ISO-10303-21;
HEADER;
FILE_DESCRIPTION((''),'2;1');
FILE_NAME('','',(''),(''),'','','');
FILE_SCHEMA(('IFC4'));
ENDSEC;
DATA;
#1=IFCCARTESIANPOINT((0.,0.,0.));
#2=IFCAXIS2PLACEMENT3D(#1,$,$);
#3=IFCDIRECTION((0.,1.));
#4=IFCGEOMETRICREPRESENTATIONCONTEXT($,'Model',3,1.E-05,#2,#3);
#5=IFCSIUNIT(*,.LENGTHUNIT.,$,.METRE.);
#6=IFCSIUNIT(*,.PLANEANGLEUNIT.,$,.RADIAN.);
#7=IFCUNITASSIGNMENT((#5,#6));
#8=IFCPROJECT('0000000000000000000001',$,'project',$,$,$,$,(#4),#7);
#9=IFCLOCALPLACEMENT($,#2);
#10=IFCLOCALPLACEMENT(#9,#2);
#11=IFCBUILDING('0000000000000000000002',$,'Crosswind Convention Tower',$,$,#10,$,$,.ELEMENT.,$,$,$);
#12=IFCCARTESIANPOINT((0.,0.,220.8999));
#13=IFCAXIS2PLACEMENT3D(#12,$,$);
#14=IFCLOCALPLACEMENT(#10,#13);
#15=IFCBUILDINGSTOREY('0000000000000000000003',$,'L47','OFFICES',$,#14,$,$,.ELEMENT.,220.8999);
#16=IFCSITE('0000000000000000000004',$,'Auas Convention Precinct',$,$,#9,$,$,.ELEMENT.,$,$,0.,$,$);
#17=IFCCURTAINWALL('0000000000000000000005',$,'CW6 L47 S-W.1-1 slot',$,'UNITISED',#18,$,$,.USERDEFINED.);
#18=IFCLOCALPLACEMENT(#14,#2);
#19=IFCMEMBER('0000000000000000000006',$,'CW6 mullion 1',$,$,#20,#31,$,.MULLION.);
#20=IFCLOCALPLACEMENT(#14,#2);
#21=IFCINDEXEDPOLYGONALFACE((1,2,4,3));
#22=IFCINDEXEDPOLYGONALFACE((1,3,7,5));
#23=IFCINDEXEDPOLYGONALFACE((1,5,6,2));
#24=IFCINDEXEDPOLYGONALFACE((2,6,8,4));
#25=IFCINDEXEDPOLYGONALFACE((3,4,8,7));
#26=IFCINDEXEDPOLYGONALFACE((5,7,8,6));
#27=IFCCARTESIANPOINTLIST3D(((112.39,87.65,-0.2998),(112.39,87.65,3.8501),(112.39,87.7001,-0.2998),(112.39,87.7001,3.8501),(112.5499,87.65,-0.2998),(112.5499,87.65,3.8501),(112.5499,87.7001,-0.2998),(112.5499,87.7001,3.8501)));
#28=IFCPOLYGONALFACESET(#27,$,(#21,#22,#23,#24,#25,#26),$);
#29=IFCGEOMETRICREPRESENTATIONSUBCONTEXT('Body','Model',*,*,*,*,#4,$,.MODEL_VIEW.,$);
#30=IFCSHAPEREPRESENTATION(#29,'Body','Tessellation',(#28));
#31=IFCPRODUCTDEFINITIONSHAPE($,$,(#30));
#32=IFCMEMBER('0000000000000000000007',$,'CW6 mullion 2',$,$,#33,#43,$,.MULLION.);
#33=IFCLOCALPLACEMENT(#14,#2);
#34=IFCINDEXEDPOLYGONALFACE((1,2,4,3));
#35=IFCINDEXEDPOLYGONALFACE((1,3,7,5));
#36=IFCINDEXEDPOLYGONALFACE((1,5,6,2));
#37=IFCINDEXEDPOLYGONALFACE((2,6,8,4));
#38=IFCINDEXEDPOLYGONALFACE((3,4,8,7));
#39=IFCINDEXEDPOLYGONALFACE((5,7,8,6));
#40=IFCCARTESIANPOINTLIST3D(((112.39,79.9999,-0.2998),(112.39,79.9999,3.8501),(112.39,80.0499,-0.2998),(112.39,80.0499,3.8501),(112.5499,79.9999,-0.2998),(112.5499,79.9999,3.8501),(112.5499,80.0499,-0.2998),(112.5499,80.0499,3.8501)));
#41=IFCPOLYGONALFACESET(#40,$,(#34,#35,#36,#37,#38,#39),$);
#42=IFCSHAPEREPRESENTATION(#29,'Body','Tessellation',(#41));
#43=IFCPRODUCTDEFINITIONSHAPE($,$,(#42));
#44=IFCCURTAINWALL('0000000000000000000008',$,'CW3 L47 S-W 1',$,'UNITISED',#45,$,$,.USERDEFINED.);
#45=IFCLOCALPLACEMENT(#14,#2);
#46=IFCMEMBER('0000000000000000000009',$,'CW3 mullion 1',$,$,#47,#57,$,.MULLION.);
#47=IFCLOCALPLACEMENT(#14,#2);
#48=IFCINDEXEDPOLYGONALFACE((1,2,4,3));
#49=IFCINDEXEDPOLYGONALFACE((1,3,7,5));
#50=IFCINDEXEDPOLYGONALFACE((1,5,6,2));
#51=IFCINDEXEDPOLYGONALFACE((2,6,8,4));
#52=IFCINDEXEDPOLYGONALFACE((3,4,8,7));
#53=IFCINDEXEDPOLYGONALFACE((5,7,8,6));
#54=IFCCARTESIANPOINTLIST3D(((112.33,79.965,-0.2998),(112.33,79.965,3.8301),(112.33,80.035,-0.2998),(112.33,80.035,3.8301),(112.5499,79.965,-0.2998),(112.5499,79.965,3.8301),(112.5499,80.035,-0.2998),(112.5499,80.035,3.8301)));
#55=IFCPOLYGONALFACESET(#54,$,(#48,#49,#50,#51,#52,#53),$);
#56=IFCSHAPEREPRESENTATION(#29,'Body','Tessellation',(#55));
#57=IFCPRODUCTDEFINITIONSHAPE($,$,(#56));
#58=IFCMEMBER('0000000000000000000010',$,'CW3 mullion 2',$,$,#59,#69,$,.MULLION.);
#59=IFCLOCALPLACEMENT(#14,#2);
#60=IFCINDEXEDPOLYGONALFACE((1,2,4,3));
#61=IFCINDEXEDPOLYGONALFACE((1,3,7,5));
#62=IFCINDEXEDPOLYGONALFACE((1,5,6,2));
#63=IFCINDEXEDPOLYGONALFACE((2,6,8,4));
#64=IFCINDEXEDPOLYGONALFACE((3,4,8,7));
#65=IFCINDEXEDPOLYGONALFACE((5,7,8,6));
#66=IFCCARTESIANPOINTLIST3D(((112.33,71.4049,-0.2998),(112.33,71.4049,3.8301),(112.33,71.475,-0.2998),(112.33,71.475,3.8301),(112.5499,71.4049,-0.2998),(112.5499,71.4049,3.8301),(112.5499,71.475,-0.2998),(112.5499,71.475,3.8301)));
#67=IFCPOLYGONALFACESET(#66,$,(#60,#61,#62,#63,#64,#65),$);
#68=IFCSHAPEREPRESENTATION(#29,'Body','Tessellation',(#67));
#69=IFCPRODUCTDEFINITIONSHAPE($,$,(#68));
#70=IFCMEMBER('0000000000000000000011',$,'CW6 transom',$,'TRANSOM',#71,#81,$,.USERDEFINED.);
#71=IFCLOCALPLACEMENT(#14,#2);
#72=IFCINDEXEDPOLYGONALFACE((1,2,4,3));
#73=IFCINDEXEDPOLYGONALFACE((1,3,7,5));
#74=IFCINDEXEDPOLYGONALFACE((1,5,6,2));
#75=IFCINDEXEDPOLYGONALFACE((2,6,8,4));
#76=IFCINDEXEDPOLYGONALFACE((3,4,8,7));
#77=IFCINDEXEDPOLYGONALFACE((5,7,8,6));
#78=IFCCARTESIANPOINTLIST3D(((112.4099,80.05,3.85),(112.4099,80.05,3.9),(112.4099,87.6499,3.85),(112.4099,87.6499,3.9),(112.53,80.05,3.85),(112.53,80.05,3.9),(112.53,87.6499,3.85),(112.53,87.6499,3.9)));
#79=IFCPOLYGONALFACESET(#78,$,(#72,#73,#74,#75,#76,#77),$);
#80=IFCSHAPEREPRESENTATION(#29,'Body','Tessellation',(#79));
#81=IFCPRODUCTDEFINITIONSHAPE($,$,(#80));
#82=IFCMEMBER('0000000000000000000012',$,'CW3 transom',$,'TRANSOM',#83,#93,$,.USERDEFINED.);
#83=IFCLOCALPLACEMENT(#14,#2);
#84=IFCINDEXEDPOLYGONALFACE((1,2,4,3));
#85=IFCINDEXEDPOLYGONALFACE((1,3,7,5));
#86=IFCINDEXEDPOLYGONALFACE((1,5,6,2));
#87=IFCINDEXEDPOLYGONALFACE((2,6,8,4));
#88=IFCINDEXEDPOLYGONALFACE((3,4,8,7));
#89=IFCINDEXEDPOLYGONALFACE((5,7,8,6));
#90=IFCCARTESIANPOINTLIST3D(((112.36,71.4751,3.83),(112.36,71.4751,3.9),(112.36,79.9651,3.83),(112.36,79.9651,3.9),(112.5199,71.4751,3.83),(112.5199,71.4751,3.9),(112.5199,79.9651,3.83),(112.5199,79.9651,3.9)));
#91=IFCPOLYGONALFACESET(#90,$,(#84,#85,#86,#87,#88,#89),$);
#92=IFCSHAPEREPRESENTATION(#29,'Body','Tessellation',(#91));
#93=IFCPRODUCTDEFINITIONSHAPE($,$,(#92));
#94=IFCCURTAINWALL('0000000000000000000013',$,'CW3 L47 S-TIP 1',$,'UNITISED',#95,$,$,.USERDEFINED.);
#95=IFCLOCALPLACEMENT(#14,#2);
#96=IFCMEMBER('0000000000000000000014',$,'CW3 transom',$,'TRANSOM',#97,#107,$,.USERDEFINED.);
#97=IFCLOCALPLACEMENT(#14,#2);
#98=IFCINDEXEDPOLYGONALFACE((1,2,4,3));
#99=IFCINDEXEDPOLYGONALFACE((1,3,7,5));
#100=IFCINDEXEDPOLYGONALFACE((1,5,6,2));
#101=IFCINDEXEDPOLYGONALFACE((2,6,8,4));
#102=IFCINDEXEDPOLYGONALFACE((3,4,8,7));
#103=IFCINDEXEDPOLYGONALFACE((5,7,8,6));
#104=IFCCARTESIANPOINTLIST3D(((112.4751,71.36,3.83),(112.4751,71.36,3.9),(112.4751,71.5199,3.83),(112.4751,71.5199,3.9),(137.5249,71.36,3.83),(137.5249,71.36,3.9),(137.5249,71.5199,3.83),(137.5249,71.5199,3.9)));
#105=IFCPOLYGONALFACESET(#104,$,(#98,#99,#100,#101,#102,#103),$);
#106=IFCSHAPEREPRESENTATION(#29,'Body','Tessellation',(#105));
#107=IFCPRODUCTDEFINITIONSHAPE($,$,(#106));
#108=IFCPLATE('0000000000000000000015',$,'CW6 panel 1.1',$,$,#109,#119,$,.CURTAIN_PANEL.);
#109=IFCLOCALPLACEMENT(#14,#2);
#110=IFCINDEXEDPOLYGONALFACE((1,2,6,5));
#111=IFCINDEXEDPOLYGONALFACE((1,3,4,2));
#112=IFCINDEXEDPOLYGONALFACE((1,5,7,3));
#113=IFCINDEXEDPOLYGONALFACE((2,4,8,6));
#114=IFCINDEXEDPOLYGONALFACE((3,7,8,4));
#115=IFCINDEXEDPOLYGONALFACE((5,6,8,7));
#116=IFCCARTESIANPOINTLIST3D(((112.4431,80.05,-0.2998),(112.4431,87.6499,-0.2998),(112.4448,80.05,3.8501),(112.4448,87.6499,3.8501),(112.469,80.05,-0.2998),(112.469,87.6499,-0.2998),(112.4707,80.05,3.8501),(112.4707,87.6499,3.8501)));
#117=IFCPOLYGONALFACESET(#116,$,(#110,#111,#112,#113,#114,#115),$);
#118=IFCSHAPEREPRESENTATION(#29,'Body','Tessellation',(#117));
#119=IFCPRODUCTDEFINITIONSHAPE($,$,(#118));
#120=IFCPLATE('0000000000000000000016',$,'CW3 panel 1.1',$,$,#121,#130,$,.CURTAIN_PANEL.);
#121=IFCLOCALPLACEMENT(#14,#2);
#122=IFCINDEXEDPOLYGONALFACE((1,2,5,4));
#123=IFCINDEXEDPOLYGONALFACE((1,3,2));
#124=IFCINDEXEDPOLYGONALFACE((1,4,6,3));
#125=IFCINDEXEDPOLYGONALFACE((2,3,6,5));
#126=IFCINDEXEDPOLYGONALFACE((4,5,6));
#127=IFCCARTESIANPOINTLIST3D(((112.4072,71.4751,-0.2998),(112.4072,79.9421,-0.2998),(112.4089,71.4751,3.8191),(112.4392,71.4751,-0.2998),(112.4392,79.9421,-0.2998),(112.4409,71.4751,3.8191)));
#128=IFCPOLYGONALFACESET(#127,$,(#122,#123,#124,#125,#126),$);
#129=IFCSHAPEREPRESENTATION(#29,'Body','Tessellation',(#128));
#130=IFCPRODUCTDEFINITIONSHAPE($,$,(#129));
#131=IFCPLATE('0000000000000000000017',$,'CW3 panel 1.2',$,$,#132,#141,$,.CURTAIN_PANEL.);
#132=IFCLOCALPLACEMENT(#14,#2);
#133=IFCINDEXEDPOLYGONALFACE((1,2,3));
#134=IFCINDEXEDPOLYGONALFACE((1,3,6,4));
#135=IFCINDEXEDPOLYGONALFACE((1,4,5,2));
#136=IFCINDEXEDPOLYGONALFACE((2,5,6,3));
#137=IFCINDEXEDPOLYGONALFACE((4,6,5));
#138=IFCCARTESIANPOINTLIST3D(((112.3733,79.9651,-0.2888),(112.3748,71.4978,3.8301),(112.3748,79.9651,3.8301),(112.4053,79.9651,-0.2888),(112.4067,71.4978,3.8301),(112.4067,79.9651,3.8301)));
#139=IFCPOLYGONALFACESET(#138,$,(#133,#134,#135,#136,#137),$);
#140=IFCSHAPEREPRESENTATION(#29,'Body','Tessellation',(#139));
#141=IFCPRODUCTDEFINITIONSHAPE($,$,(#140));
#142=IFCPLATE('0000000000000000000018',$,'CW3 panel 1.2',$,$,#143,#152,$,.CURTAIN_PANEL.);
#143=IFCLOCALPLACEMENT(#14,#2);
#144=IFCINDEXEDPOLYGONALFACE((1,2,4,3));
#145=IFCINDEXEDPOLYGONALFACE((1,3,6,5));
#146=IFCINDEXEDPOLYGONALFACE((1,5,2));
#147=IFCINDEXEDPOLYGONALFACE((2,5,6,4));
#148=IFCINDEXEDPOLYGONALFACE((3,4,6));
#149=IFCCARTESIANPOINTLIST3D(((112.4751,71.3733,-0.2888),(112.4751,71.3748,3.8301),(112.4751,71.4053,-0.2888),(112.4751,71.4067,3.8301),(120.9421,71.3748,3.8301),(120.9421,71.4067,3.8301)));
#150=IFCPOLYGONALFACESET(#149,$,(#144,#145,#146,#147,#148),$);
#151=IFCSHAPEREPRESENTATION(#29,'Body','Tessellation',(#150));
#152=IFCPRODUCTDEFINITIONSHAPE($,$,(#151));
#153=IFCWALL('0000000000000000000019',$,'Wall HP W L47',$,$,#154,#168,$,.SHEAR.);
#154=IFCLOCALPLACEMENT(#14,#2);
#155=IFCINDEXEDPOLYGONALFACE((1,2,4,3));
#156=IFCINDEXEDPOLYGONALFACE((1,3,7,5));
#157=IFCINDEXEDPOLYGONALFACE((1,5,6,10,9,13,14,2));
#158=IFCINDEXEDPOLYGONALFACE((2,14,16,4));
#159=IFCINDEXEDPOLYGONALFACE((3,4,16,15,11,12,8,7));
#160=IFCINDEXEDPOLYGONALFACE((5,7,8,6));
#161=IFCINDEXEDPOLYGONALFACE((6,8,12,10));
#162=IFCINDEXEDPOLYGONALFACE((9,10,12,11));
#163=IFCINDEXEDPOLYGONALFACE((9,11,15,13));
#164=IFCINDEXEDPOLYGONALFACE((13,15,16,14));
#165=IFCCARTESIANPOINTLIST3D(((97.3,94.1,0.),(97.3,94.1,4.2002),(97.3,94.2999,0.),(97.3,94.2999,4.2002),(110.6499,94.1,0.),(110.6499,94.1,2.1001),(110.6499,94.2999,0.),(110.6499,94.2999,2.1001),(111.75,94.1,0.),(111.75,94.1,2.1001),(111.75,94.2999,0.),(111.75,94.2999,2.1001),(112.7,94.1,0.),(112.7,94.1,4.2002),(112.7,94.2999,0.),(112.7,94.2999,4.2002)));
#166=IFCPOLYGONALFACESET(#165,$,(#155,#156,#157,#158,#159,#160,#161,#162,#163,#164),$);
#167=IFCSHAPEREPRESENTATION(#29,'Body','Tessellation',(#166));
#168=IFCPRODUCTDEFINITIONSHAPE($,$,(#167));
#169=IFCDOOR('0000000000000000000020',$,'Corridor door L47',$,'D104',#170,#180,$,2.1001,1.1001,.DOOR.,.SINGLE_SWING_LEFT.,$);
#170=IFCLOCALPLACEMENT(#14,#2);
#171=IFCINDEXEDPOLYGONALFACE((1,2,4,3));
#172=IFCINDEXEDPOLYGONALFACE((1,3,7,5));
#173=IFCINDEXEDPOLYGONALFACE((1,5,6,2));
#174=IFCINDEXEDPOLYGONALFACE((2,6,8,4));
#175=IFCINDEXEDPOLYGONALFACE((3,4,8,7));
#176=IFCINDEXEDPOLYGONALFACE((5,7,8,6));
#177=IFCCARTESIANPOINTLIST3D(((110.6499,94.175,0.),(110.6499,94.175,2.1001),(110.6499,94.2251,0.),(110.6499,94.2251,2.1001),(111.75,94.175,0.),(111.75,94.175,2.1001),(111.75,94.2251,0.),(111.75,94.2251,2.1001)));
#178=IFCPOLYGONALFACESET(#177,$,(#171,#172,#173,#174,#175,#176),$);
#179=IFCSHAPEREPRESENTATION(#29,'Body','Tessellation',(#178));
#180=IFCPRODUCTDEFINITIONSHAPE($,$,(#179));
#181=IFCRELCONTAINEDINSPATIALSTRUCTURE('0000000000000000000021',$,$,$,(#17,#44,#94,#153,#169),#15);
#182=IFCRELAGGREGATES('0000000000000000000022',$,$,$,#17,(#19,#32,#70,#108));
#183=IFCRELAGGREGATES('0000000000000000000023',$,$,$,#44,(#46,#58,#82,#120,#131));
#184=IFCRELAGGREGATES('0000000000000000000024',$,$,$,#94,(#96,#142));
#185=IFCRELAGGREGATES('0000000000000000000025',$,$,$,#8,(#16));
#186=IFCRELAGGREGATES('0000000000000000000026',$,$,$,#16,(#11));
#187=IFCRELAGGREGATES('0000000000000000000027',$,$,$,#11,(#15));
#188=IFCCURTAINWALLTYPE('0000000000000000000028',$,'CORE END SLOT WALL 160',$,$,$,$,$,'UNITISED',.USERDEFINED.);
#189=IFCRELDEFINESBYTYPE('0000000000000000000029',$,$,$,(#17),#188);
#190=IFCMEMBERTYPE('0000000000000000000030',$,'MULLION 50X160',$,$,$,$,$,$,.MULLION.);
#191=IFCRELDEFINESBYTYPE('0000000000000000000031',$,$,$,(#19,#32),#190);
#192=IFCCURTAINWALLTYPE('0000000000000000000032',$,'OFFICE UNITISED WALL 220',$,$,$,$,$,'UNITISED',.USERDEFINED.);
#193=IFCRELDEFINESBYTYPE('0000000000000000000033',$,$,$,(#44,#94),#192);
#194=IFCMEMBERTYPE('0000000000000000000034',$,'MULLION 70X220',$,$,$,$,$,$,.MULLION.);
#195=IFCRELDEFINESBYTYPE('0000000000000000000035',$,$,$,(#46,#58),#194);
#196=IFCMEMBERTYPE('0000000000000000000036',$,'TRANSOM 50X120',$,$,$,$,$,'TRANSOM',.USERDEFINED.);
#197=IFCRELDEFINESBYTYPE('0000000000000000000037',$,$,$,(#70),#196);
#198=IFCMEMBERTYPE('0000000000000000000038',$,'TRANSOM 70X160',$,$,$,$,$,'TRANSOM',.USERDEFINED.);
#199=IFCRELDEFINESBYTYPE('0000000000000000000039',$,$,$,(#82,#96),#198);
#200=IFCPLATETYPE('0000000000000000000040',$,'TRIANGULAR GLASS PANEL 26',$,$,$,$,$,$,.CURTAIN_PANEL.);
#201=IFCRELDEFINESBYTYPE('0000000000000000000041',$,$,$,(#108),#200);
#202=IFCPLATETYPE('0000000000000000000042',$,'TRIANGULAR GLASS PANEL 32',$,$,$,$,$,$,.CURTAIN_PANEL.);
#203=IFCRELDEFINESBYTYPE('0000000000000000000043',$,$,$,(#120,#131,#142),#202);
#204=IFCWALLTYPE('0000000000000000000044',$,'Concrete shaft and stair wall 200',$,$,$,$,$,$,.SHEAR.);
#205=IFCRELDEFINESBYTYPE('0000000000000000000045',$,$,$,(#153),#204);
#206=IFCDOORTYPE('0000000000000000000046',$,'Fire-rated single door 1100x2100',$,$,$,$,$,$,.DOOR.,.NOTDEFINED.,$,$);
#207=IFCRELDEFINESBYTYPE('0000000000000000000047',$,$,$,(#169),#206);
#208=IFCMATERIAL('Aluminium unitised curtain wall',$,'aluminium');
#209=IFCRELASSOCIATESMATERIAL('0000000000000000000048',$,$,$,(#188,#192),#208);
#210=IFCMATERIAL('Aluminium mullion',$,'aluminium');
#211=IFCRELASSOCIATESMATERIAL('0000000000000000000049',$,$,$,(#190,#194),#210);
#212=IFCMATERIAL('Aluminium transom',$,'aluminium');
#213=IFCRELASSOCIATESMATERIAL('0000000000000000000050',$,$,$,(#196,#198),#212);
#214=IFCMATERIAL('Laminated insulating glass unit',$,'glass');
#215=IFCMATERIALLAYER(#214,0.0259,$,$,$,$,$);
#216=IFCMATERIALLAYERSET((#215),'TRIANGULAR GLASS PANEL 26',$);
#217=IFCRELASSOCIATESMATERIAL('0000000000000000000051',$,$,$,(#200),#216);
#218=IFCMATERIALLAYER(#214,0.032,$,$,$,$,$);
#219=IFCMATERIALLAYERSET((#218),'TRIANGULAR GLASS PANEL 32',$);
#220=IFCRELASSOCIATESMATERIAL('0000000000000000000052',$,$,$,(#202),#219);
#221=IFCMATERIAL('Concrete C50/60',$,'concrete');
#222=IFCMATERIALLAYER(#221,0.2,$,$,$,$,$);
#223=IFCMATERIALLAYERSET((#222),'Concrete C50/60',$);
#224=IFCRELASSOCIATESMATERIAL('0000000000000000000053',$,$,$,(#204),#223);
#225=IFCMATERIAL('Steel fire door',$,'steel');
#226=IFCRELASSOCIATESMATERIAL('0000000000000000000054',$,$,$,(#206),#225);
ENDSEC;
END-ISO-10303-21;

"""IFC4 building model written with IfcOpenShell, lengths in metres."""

from ifc_helpers import new_model, si_unit, direction, frame, frame_2d, origin, origin_2d, place, context, subcontext, project, spatial, polyline, rectangle, outline, extrude, material, layer, layer_set, material_profile, profile_set, type_object, element, fill, aggregate, save


model = new_model("IFC4")

# Units and contexts
model_context = context("Model", 3, precision=1e-05, world=origin(), true_north=direction((0.0, 1.0)))
body_context = subcontext(model_context, "Body", "Model", "MODEL_VIEW")
ifc_project = project(units=[si_unit("LENGTHUNIT", "METRE"), si_unit("PLANEANGLEUNIT", "RADIAN")], contexts=[model_context])

# Site, building, storey
site_placement = place(None, origin())
site = spatial("IfcSite", under=ifc_project, at=site_placement, Name="Auas Convention Precinct", CompositionType="ELEMENT", RefElevation=0.0)
building_placement = place(site_placement, origin())
building = spatial("IfcBuilding", under=site, at=building_placement, Name="Crosswind Convention Tower", CompositionType="ELEMENT")
storey_placement = place(building_placement, frame((0.0, 0.0, 220.8999)))
storey = spatial("IfcBuildingStorey", under=building, at=storey_placement, Name="L47", Description="OFFICES", CompositionType="ELEMENT", Elevation=220.8999)

# Curtain walls, members
ifc_material_1 = material(Name="Aluminium unitised curtain wall", Category="aluminium")
curtain_wall_type_1 = type_object("IfcCurtainWallType", Name="CORE END SLOT WALL 160", ElementType="UNITISED", PredefinedType="USERDEFINED", material=ifc_material_1)
curtain_wall_1_placement = place(storey_placement, origin())
curtain_wall_1 = element("IfcCurtainWall", 1, at=curtain_wall_1_placement, inside=storey, type_object=curtain_wall_type_1, Name="CW6 L47 S-W.1-1 slot", ObjectType="UNITISED", PredefinedType="USERDEFINED")
ifc_material_2 = material(Name="Aluminium mullion", Category="aluminium")
ifc_material_profile_1 = material_profile(ifc_material_2, rectangle(XDim=0.1599, YDim=0.05, at=origin_2d()), Name="AL 160X50")
ifc_profile_set_1 = profile_set([ifc_material_profile_1], Name="Aluminium mullion")
member_type_1 = type_object("IfcMemberType", Name="MULLION 50X160", PredefinedType="MULLION", material=ifc_profile_set_1)
member_1_placement = place(storey_placement, frame((112.47, 87.675, -0.2998), z_axis=(0.0, 0.0, 1.0), x_axis=(-1.0, 0.0, 0.0)))
member_1 = element("IfcMember", 2, at=member_1_placement, type_object=member_type_1, Name="CW6 mullion 1", PredefinedType="MULLION", context=body_context, shape_type="SweptSolid", body=[
    extrude(rectangle(XDim=0.1599, YDim=0.05, at=origin_2d()), origin(), (0.0, 0.0, 1.0), 4.1499),
])
member_2_placement = place(storey_placement, frame((112.47, 80.0249, -0.2998), z_axis=(0.0, 0.0, 1.0), x_axis=(-1.0, 0.0, 0.0)))
member_2 = element("IfcMember", 3, at=member_2_placement, type_object=member_type_1, Name="CW6 mullion 2", PredefinedType="MULLION", context=body_context, shape_type="SweptSolid", body=[
    extrude(rectangle(XDim=0.1599, YDim=0.05, at=origin_2d()), origin(), (0.0, 0.0, 1.0), 4.1499),
])
curtain_wall_type_2 = type_object("IfcCurtainWallType", Name="OFFICE UNITISED WALL 220", ElementType="UNITISED", PredefinedType="USERDEFINED", material=ifc_material_1)
curtain_wall_2_placement = place(storey_placement, origin())
curtain_wall_2 = element("IfcCurtainWall", 4, at=curtain_wall_2_placement, inside=storey, type_object=curtain_wall_type_2, Name="CW3 L47 S-W 1", ObjectType="UNITISED", PredefinedType="USERDEFINED")
ifc_material_profile_2 = material_profile(ifc_material_2, rectangle(XDim=0.22, YDim=0.0701, at=origin_2d()), Name="AL 220X70")
ifc_profile_set_2 = profile_set([ifc_material_profile_2], Name="Aluminium mullion")
member_type_2 = type_object("IfcMemberType", Name="MULLION 70X220", PredefinedType="MULLION", material=ifc_profile_set_2)
member_3_placement = place(storey_placement, frame((112.4399, 80.0, -0.2998), z_axis=(0.0, 0.0, 1.0), x_axis=(-1.0, 0.0, 0.0)))
member_3 = element("IfcMember", 5, at=member_3_placement, type_object=member_type_2, Name="CW3 mullion 1", PredefinedType="MULLION", context=body_context, shape_type="SweptSolid", body=[
    extrude(rectangle(XDim=0.22, YDim=0.0701, at=origin_2d()), origin(), (0.0, 0.0, 1.0), 4.1299),
])
member_4_placement = place(storey_placement, frame((112.4399, 71.4399, -0.2998), z_axis=(0.0, 0.0, 1.0), x_axis=(-1.0, 0.0, 0.0)))
member_4 = element("IfcMember", 6, at=member_4_placement, type_object=member_type_2, Name="CW3 mullion 2", PredefinedType="MULLION", context=body_context, shape_type="SweptSolid", body=[
    extrude(rectangle(XDim=0.22, YDim=0.0701, at=origin_2d()), origin(), (0.0, 0.0, 1.0), 4.1299),
])

# Members
ifc_material_3 = material(Name="Aluminium transom", Category="aluminium")
ifc_material_profile_3 = material_profile(ifc_material_3, rectangle(XDim=0.1201, YDim=0.05, at=origin_2d()), Name="AL 120X50")
ifc_profile_set_3 = profile_set([ifc_material_profile_3], Name="Aluminium transom")
member_type_3 = type_object("IfcMemberType", Name="TRANSOM 50X120", ElementType="TRANSOM", PredefinedType="USERDEFINED", material=ifc_profile_set_3)
member_5_placement = place(storey_placement, frame((112.47, 87.6499, 3.875), z_axis=(0.0, -1.0, 0.0), x_axis=(1.0, 0.0, 0.0)))
member_5 = element("IfcMember", 7, at=member_5_placement, type_object=member_type_3, Name="CW6 transom", ObjectType="TRANSOM", PredefinedType="USERDEFINED", context=body_context, shape_type="SweptSolid", body=[
    extrude(rectangle(XDim=0.1201, YDim=0.05, at=origin_2d()), origin(), (0.0, 0.0, 1.0), 7.5999),
])
ifc_material_profile_4 = material_profile(ifc_material_3, rectangle(XDim=0.1599, YDim=0.0701, at=origin_2d()), Name="AL 160X70")
ifc_profile_set_4 = profile_set([ifc_material_profile_4], Name="Aluminium transom")
member_type_4 = type_object("IfcMemberType", Name="TRANSOM 70X160", ElementType="TRANSOM", PredefinedType="USERDEFINED", material=ifc_profile_set_4)
member_6_placement = place(storey_placement, frame((112.4399, 79.9651, 3.865), z_axis=(0.0, -1.0, 0.0), x_axis=(1.0, 0.0, 0.0)))
member_6 = element("IfcMember", 8, at=member_6_placement, type_object=member_type_4, Name="CW3 transom", ObjectType="TRANSOM", PredefinedType="USERDEFINED", context=body_context, shape_type="SweptSolid", body=[
    extrude(rectangle(XDim=0.1599, YDim=0.0701, at=origin_2d()), origin(), (0.0, 0.0, 1.0), 8.49),
])

# Curtain wall, member
curtain_wall_3_placement = place(storey_placement, origin())
curtain_wall_3 = element("IfcCurtainWall", 9, at=curtain_wall_3_placement, inside=storey, type_object=curtain_wall_type_2, Name="CW3 L47 S-TIP 1", ObjectType="UNITISED", PredefinedType="USERDEFINED")
member_7_placement = place(storey_placement, frame((112.4751, 71.4399, 3.865), z_axis=(1.0, 0.0, 0.0), x_axis=(0.0, 1.0, 0.0)))
member_7 = element("IfcMember", 10, at=member_7_placement, type_object=member_type_4, Name="CW3 transom", ObjectType="TRANSOM", PredefinedType="USERDEFINED", context=body_context, shape_type="SweptSolid", body=[
    extrude(rectangle(XDim=0.1599, YDim=0.0701, at=origin_2d()), origin(), (0.0, 0.0, 1.0), 25.0498),
])

# Plates
ifc_material_4 = material(Name="Laminated insulating glass unit", Category="glass")
ifc_layer_1 = layer(ifc_material_4, 0.0259)
ifc_layer_set_1 = layer_set([ifc_layer_1], Name="TRIANGULAR GLASS PANEL 26")
plate_type_1 = type_object("IfcPlateType", Name="TRIANGULAR GLASS PANEL 26", PredefinedType="CURTAIN_PANEL", material=ifc_layer_set_1)
plate_1_placement = place(storey_placement, frame((112.4431, 87.6499, -0.2998), z_axis=(-1.0, 0.0, 0.000412), x_axis=(0.0, -1.0, 0.0)))
plate_1 = element("IfcPlate", 11, at=plate_1_placement, type_object=plate_type_1, Name="CW6 panel 1.1", PredefinedType="CURTAIN_PANEL", context=body_context, shape_type="SweptSolid", body=[
    extrude(outline(polyline([(0.0, 0.0), (7.5999, 0.0), (7.5999, 4.1499), (0.0, 4.1499), (0.0, 0.0)])), origin(), (0.0, 0.0, -1.0), 0.0259),
])
aggregate(curtain_wall_1, [member_1, member_2, member_5, plate_1])
ifc_layer_2 = layer(ifc_material_4, 0.032)
ifc_layer_set_2 = layer_set([ifc_layer_2], Name="TRIANGULAR GLASS PANEL 32")
plate_type_2 = type_object("IfcPlateType", Name="TRIANGULAR GLASS PANEL 32", PredefinedType="CURTAIN_PANEL", material=ifc_layer_set_2)
plate_2_placement = place(storey_placement, frame((112.4072, 71.4751, -0.2998), z_axis=(-1.0, 0.0, 0.000415), x_axis=(0.000415, 0.0, 1.0)))
plate_2 = element("IfcPlate", 12, at=plate_2_placement, type_object=plate_type_2, Name="CW3 panel 1.1", PredefinedType="CURTAIN_PANEL", context=body_context, shape_type="SweptSolid", body=[
    extrude(outline(polyline([(0.0, 0.0), (4.1189, 0.0), (0.0, 8.467), (0.0, 0.0)])), origin(), (0.0, 0.0, -1.0), 0.032),
])
plate_3_placement = place(storey_placement, frame((112.3748, 79.9651, 3.8301), z_axis=(-1.0, 0.0, 0.000356), x_axis=(-0.000356, 0.0, -1.0)))
plate_3 = element("IfcPlate", 13, at=plate_3_placement, type_object=plate_type_2, Name="CW3 panel 1.2", PredefinedType="CURTAIN_PANEL", context=body_context, shape_type="SweptSolid", body=[
    extrude(outline(polyline([(0.0, 0.0), (4.1189, 0.0), (0.0, 8.4673), (0.0, 0.0)])), origin(), (0.0, 0.0, -1.0), 0.032),
])
plate_4_placement = place(storey_placement, frame((112.4751, 71.3748, 3.8301), z_axis=(0.0, -1.0, 0.000356), x_axis=(0.0, -0.000356, -1.0)))
plate_4 = element("IfcPlate", 14, at=plate_4_placement, type_object=plate_type_2, Name="CW3 panel 1.2", PredefinedType="CURTAIN_PANEL", context=body_context, shape_type="SweptSolid", body=[
    extrude(outline(polyline([(0.0, 0.0), (4.1189, 0.0), (0.0, 8.467), (0.0, 0.0)])), origin(), (0.0, 0.0, -1.0), 0.032),
])

# Wall, opening, door
ifc_material_5 = material(Name="Concrete C50/60", Category="concrete")
ifc_layer_3 = layer(ifc_material_5, 0.2)
ifc_layer_set_3 = layer_set([ifc_layer_3], Name="Concrete C50/60")
wall_type_1 = type_object("IfcWallType", Name="Concrete shaft and stair wall 200", PredefinedType="SHEAR", material=ifc_layer_set_3)
wall_1_placement = place(storey_placement, frame((112.7, 94.2, 0.0), z_axis=(0.0, 0.0, 1.0), x_axis=(-1.0, 0.0, 0.0)))
wall_1 = element("IfcWall", 15, at=wall_1_placement, inside=storey, type_object=wall_type_1, Name="Wall HP W L47", PredefinedType="SHEAR", context=body_context, shape_type="SweptSolid", body=[
    extrude(rectangle(XDim=15.3999, YDim=0.2, at=frame_2d((7.7, 0.0))), origin(), (0.0, 0.0, 1.0), 4.2002),
])
opening_1_placement = place(wall_1_placement, frame((0.95, 0.0, 0.0)))
opening_1 = element("IfcOpeningElement", 16, at=opening_1_placement, cuts=wall_1, PredefinedType="OPENING", context=body_context, shape_type="SweptSolid", body=[
    extrude(rectangle(XDim=1.1001, YDim=2.1001, at=frame_2d((0.55, 1.05))), frame((0.0, 0.1099, 0.0), z_axis=(0.0, -1.0, 0.0), x_axis=(1.0, 0.0, 0.0)), (0.0, 0.0, 1.0), 0.22),
])
ifc_material_6 = material(Name="Steel fire door", Category="steel")
door_type_1 = type_object("IfcDoorType", Name="Fire-rated single door 1100x2100", OperationType="NOTDEFINED", PredefinedType="DOOR", material=ifc_material_6)
door_1_placement = place(opening_1_placement, origin())
door_1 = element("IfcDoor", 17, at=door_1_placement, inside=storey, type_object=door_type_1, Name="Corridor door L47", ObjectType="D104", OperationType="SINGLE_SWING_LEFT", OverallHeight=2.1001, OverallWidth=1.1001, PredefinedType="DOOR", context=body_context, shape_type="SweptSolid", body=[
    extrude(rectangle(XDim=1.1001, YDim=2.1001, at=frame_2d((0.55, 1.05))), frame((0.0, 0.0249, 0.0), z_axis=(0.0, -1.0, 0.0), x_axis=(1.0, 0.0, 0.0)), (0.0, 0.0, 1.0), 0.05),
])
fill(opening_1, door_1)

aggregate(curtain_wall_2, [member_3, member_4, member_6, plate_2, plate_3])
aggregate(curtain_wall_3, [member_7, plate_4])

save(model, "model.ifc")
